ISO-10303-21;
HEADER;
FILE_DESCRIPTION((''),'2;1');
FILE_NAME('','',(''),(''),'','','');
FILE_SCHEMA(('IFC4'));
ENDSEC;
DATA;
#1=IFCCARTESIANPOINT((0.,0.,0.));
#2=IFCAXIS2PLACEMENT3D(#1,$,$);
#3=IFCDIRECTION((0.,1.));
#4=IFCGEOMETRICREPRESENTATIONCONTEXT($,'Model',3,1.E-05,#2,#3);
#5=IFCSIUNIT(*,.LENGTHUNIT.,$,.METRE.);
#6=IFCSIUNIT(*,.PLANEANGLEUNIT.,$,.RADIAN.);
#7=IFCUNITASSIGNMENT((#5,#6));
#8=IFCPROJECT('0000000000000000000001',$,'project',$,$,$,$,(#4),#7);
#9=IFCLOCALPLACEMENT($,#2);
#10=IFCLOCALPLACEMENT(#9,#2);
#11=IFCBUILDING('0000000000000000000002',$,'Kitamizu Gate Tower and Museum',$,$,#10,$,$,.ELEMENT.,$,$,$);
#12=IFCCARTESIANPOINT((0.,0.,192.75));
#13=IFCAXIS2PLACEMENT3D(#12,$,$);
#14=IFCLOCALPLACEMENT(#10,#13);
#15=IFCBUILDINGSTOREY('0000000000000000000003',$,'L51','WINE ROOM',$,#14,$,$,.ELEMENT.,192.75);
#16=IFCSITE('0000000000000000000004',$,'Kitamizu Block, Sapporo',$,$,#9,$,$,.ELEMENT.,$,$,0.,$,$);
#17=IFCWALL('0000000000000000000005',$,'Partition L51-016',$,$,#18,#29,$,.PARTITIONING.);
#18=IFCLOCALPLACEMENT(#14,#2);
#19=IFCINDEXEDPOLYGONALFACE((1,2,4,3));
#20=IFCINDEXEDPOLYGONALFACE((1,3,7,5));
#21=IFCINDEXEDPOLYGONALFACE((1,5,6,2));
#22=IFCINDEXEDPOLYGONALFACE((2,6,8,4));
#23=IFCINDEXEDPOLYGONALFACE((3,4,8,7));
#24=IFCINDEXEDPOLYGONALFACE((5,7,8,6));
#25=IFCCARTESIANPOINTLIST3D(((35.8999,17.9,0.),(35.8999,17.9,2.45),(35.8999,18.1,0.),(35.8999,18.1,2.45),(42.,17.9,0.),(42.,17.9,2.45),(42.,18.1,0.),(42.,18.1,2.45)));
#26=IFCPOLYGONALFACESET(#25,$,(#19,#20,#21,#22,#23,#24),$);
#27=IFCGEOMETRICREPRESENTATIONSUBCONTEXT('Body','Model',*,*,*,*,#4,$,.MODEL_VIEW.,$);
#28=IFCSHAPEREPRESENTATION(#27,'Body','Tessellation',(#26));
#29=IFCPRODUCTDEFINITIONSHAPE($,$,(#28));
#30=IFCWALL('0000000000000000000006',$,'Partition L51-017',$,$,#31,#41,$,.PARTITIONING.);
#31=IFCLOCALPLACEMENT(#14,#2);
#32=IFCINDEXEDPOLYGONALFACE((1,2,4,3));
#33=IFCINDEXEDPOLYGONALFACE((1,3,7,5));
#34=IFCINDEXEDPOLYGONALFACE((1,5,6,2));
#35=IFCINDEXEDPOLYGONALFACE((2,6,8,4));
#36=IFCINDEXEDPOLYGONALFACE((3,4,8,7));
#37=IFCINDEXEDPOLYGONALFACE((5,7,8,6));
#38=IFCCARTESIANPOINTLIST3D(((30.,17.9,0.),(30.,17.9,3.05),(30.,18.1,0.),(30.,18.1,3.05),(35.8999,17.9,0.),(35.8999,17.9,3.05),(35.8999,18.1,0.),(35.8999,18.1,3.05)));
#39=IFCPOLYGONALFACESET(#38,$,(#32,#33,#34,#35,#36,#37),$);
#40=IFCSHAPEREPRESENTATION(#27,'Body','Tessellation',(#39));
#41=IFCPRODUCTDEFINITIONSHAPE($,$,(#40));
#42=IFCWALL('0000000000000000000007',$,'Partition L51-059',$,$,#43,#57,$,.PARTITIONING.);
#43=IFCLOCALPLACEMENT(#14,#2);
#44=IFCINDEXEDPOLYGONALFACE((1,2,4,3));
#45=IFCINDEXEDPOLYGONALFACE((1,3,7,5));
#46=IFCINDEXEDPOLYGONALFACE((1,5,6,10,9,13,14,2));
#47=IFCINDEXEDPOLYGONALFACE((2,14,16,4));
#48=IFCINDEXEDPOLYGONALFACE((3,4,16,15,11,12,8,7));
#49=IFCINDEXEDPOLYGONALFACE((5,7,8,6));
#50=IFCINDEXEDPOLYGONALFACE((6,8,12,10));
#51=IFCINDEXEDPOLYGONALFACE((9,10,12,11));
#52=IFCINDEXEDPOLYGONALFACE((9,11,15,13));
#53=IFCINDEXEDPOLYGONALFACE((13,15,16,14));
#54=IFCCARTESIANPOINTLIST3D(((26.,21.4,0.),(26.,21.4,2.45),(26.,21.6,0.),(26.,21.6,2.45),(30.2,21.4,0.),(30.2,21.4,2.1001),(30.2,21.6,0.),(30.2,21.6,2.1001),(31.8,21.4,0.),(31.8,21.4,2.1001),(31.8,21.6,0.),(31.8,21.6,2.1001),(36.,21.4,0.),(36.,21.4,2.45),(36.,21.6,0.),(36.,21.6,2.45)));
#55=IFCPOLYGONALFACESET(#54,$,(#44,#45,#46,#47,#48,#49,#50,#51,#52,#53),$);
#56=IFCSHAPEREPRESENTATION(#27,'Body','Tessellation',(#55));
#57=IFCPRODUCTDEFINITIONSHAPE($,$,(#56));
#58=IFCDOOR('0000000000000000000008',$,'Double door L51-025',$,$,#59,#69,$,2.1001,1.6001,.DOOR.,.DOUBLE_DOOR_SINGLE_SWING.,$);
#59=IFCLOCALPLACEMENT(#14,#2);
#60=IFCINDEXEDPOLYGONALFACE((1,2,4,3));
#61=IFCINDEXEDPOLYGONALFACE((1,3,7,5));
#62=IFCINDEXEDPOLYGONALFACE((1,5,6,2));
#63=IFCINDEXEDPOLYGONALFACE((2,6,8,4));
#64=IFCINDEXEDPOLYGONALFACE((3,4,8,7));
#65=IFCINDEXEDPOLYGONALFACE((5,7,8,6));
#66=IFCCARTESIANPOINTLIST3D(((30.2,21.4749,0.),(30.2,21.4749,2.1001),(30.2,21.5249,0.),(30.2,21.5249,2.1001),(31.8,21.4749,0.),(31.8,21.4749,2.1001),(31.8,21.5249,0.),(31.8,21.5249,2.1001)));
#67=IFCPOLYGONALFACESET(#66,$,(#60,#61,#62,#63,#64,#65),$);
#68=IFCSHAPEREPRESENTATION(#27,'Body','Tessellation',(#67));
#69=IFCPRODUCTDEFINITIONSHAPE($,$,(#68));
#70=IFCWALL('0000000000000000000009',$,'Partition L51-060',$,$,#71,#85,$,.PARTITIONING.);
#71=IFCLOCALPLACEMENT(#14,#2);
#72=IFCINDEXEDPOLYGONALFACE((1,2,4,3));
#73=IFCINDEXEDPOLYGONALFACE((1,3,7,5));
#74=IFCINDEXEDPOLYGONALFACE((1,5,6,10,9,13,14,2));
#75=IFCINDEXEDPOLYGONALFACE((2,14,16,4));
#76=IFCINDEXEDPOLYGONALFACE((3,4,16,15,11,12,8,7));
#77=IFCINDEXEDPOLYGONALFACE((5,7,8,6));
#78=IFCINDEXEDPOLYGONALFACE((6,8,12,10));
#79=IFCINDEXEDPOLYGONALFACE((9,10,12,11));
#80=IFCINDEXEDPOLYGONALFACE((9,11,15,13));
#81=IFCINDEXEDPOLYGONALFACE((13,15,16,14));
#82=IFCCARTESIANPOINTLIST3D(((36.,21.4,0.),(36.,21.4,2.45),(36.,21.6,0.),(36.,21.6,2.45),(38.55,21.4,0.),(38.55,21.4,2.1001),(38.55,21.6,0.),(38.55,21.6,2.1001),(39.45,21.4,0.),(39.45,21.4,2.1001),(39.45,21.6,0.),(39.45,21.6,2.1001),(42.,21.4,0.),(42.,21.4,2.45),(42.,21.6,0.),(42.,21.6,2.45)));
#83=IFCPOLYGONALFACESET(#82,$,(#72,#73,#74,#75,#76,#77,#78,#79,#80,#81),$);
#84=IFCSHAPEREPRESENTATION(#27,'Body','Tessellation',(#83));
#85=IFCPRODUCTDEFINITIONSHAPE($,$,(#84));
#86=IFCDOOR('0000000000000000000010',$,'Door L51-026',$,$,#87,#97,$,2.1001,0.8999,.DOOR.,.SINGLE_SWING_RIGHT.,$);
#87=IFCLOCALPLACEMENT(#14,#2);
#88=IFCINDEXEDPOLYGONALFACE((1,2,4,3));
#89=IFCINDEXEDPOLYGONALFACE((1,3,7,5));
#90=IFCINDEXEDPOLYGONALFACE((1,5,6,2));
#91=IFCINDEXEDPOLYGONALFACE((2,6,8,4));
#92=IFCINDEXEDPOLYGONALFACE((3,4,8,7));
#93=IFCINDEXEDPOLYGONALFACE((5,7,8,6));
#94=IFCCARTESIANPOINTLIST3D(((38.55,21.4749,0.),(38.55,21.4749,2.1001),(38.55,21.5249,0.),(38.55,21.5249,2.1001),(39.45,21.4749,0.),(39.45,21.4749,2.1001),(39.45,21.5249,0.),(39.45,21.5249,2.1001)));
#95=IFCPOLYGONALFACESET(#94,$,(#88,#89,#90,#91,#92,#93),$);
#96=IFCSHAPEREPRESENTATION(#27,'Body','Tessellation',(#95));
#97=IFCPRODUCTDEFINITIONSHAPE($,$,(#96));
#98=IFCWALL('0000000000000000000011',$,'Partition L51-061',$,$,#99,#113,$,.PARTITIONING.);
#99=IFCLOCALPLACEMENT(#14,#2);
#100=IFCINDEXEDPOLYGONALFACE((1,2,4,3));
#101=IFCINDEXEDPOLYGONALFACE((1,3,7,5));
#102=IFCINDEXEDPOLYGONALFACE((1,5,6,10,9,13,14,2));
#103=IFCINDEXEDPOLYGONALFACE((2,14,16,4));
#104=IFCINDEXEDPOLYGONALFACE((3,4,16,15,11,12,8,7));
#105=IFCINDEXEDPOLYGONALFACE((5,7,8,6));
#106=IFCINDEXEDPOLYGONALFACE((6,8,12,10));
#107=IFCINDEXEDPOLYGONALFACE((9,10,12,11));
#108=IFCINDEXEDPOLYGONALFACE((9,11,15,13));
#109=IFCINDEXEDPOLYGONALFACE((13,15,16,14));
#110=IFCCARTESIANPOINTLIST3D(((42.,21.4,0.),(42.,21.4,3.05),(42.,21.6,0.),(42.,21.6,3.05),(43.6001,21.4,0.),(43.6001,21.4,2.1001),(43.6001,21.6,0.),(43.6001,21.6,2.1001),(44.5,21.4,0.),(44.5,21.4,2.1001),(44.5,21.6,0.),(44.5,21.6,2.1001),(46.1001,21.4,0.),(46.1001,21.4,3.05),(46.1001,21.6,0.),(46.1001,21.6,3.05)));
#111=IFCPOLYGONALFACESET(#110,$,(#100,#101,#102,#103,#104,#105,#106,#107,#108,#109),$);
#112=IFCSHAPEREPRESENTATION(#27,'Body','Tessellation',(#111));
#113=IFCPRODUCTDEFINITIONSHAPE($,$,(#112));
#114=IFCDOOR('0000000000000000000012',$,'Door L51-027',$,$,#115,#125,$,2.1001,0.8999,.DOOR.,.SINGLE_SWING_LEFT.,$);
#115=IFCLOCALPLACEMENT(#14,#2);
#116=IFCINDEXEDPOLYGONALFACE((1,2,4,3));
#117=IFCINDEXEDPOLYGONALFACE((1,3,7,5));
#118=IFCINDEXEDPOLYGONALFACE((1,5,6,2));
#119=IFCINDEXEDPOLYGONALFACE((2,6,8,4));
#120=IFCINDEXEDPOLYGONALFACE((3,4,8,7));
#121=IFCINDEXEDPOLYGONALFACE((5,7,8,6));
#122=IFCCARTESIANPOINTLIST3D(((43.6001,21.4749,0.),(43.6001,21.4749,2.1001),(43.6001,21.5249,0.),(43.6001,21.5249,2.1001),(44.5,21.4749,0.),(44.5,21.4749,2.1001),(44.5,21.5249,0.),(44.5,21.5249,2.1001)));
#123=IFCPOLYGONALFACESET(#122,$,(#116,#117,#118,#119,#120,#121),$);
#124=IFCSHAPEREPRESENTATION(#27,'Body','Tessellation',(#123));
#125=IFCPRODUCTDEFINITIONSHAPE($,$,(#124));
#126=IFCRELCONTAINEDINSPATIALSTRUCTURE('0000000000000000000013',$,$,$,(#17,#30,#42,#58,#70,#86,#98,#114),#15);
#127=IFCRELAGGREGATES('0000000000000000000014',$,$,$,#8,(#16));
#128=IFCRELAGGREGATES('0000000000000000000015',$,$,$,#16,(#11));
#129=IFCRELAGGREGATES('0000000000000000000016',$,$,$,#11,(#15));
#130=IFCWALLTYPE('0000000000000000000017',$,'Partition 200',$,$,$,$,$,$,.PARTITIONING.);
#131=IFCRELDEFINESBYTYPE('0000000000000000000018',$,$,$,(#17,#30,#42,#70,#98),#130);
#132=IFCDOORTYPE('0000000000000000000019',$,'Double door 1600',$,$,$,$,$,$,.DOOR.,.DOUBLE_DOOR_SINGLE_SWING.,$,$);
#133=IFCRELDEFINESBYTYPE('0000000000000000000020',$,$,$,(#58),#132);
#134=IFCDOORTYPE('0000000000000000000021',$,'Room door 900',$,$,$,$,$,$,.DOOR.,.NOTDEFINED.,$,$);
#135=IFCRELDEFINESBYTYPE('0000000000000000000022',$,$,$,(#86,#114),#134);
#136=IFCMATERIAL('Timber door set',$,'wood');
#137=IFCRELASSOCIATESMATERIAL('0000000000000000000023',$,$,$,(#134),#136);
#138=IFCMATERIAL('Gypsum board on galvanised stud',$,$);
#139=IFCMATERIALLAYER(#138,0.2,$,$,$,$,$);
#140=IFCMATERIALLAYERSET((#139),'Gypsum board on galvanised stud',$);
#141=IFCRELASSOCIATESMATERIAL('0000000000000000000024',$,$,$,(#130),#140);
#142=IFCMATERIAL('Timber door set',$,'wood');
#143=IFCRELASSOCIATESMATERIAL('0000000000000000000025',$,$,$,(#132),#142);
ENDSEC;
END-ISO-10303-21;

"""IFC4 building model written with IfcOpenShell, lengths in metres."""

from ifc_helpers import new_model, si_unit, direction, frame, frame_2d, origin, place, context, subcontext, project, spatial, rectangle, extrude, material, layer, layer_set, type_object, element, fill, save


model = new_model("IFC4")

# Units and contexts
model_context = context("Model", 3, precision=1e-05, world=origin(), true_north=direction((0.0, 1.0)))
body_context = subcontext(model_context, "Body", "Model", "MODEL_VIEW")
ifc_project = project(units=[si_unit("LENGTHUNIT", "METRE"), si_unit("PLANEANGLEUNIT", "RADIAN")], contexts=[model_context])

# Site, building, storey
site_placement = place(None, origin())
site = spatial("IfcSite", under=ifc_project, at=site_placement, Name="Kitamizu Block, Sapporo", CompositionType="ELEMENT", RefElevation=0.0)
building_placement = place(site_placement, origin())
building = spatial("IfcBuilding", under=site, at=building_placement, Name="Kitamizu Gate Tower and Museum", CompositionType="ELEMENT")
storey_placement = place(building_placement, frame((0.0, 0.0, 192.75)))
storey = spatial("IfcBuildingStorey", under=building, at=storey_placement, Name="L51", Description="WINE ROOM", CompositionType="ELEMENT", Elevation=192.75)

# Shared definitions
ifc_material_1 = material(Name="Timber door set", Category="wood")
door_type_1 = type_object("IfcDoorType", Name="Room door 900", OperationType="NOTDEFINED", PredefinedType="DOOR", material=ifc_material_1)

# Walls
ifc_material_2 = material(Name="Gypsum board on galvanised stud")
ifc_layer_1 = layer(ifc_material_2, 0.2)
ifc_layer_set_1 = layer_set([ifc_layer_1], Name="Gypsum board on galvanised stud")
wall_type_1 = type_object("IfcWallType", Name="Partition 200", PredefinedType="PARTITIONING", material=ifc_layer_set_1)
wall_1_placement = place(storey_placement, frame((42.0, 18.0, 0.0), z_axis=(0.0, 0.0, 1.0), x_axis=(-1.0, 0.0, 0.0)))
element("IfcWall", 1, at=wall_1_placement, inside=storey, type_object=wall_type_1, Name="Partition L51-016", PredefinedType="PARTITIONING", context=body_context, shape_type="SweptSolid", body=[
    extrude(rectangle(XDim=6.1001, YDim=0.2, at=frame_2d((3.05, 0.0))), origin(), (0.0, 0.0, 1.0), 2.45),
])
wall_2_placement = place(storey_placement, frame((35.8999, 18.0, 0.0), z_axis=(0.0, 0.0, 1.0), x_axis=(-1.0, 0.0, 0.0)))
element("IfcWall", 2, at=wall_2_placement, inside=storey, type_object=wall_type_1, Name="Partition L51-017", PredefinedType="PARTITIONING", context=body_context, shape_type="SweptSolid", body=[
    extrude(rectangle(XDim=5.8999, YDim=0.2, at=frame_2d((2.95, 0.0))), origin(), (0.0, 0.0, 1.0), 3.05),
])

# Walls, openings, doors
wall_3_placement = place(storey_placement, frame((26.0, 21.5, 0.0), z_axis=(0.0, 0.0, 1.0), x_axis=(1.0, 0.0, 0.0)))
wall_3 = element("IfcWall", 3, at=wall_3_placement, inside=storey, type_object=wall_type_1, Name="Partition L51-059", PredefinedType="PARTITIONING", context=body_context, shape_type="SweptSolid", body=[
    extrude(rectangle(XDim=10.0, YDim=0.2, at=frame_2d((5.0, 0.0))), origin(), (0.0, 0.0, 1.0), 2.45),
])
opening_1_placement = place(wall_3_placement, frame((4.2, 0.0, 0.0)))
opening_1 = element("IfcOpeningElement", 4, at=opening_1_placement, cuts=wall_3, PredefinedType="OPENING", context=body_context, shape_type="SweptSolid", body=[
    extrude(rectangle(XDim=1.6001, YDim=2.1001, at=frame_2d((0.8, 1.05))), frame((0.0, 0.1099, 0.0), z_axis=(0.0, -1.0, 0.0), x_axis=(1.0, 0.0, 0.0)), (0.0, 0.0, 1.0), 0.22),
])
ifc_material_3 = material(Name="Timber door set", Category="wood")
door_type_2 = type_object("IfcDoorType", Name="Double door 1600", OperationType="DOUBLE_DOOR_SINGLE_SWING", PredefinedType="DOOR", material=ifc_material_3)
door_1_placement = place(opening_1_placement, origin())
door_1 = element("IfcDoor", 5, at=door_1_placement, inside=storey, type_object=door_type_2, Name="Double door L51-025", OperationType="DOUBLE_DOOR_SINGLE_SWING", OverallHeight=2.1001, OverallWidth=1.6001, PredefinedType="DOOR", context=body_context, shape_type="SweptSolid", body=[
    extrude(rectangle(XDim=1.6001, YDim=2.1001, at=frame_2d((0.8, 1.05))), frame((0.0, 0.0249, 0.0), z_axis=(0.0, -1.0, 0.0), x_axis=(1.0, 0.0, 0.0)), (0.0, 0.0, 1.0), 0.05),
])
fill(opening_1, door_1)
wall_4_placement = place(storey_placement, frame((36.0, 21.5, 0.0), z_axis=(0.0, 0.0, 1.0), x_axis=(1.0, 0.0, 0.0)))
wall_4 = element("IfcWall", 6, at=wall_4_placement, inside=storey, type_object=wall_type_1, Name="Partition L51-060", PredefinedType="PARTITIONING", context=body_context, shape_type="SweptSolid", body=[
    extrude(rectangle(XDim=6.0, YDim=0.2, at=frame_2d((3.0, 0.0))), origin(), (0.0, 0.0, 1.0), 2.45),
])
opening_2_placement = place(wall_4_placement, frame((2.55, 0.0, 0.0)))
opening_2 = element("IfcOpeningElement", 7, at=opening_2_placement, cuts=wall_4, PredefinedType="OPENING", context=body_context, shape_type="SweptSolid", body=[
    extrude(rectangle(XDim=0.8999, YDim=2.1001, at=frame_2d((0.45, 1.05))), frame((0.0, 0.1099, 0.0), z_axis=(0.0, -1.0, 0.0), x_axis=(1.0, 0.0, 0.0)), (0.0, 0.0, 1.0), 0.22),
])
door_2_placement = place(opening_2_placement, origin())
door_2 = element("IfcDoor", 8, at=door_2_placement, inside=storey, type_object=door_type_1, Name="Door L51-026", OperationType="SINGLE_SWING_RIGHT", OverallHeight=2.1001, OverallWidth=0.8999, PredefinedType="DOOR", context=body_context, shape_type="SweptSolid", body=[
    extrude(rectangle(XDim=0.8999, YDim=2.1001, at=frame_2d((0.45, 1.05))), frame((0.0, 0.0249, 0.0), z_axis=(0.0, -1.0, 0.0), x_axis=(1.0, 0.0, 0.0)), (0.0, 0.0, 1.0), 0.05),
])
fill(opening_2, door_2)
wall_5_placement = place(storey_placement, frame((42.0, 21.5, 0.0), z_axis=(0.0, 0.0, 1.0), x_axis=(1.0, 0.0, 0.0)))
wall_5 = element("IfcWall", 9, at=wall_5_placement, inside=storey, type_object=wall_type_1, Name="Partition L51-061", PredefinedType="PARTITIONING", context=body_context, shape_type="SweptSolid", body=[
    extrude(rectangle(XDim=4.1001, YDim=0.2, at=frame_2d((2.05, 0.0))), origin(), (0.0, 0.0, 1.0), 3.05),
])
opening_3_placement = place(wall_5_placement, frame((1.6001, 0.0, 0.0)))
opening_3 = element("IfcOpeningElement", 10, at=opening_3_placement, cuts=wall_5, PredefinedType="OPENING", context=body_context, shape_type="SweptSolid", body=[
    extrude(rectangle(XDim=0.8999, YDim=2.1001, at=frame_2d((0.45, 1.05))), frame((0.0, 0.1099, 0.0), z_axis=(0.0, -1.0, 0.0), x_axis=(1.0, 0.0, 0.0)), (0.0, 0.0, 1.0), 0.22),
])
door_3_placement = place(opening_3_placement, origin())
door_3 = element("IfcDoor", 11, at=door_3_placement, inside=storey, type_object=door_type_1, Name="Door L51-027", OperationType="SINGLE_SWING_LEFT", OverallHeight=2.1001, OverallWidth=0.8999, PredefinedType="DOOR", context=body_context, shape_type="SweptSolid", body=[
    extrude(rectangle(XDim=0.8999, YDim=2.1001, at=frame_2d((0.45, 1.05))), frame((0.0, 0.0249, 0.0), z_axis=(0.0, -1.0, 0.0), x_axis=(1.0, 0.0, 0.0)), (0.0, 0.0, 1.0), 0.05),
])
fill(opening_3, door_3)

save(model, "model.ifc")
